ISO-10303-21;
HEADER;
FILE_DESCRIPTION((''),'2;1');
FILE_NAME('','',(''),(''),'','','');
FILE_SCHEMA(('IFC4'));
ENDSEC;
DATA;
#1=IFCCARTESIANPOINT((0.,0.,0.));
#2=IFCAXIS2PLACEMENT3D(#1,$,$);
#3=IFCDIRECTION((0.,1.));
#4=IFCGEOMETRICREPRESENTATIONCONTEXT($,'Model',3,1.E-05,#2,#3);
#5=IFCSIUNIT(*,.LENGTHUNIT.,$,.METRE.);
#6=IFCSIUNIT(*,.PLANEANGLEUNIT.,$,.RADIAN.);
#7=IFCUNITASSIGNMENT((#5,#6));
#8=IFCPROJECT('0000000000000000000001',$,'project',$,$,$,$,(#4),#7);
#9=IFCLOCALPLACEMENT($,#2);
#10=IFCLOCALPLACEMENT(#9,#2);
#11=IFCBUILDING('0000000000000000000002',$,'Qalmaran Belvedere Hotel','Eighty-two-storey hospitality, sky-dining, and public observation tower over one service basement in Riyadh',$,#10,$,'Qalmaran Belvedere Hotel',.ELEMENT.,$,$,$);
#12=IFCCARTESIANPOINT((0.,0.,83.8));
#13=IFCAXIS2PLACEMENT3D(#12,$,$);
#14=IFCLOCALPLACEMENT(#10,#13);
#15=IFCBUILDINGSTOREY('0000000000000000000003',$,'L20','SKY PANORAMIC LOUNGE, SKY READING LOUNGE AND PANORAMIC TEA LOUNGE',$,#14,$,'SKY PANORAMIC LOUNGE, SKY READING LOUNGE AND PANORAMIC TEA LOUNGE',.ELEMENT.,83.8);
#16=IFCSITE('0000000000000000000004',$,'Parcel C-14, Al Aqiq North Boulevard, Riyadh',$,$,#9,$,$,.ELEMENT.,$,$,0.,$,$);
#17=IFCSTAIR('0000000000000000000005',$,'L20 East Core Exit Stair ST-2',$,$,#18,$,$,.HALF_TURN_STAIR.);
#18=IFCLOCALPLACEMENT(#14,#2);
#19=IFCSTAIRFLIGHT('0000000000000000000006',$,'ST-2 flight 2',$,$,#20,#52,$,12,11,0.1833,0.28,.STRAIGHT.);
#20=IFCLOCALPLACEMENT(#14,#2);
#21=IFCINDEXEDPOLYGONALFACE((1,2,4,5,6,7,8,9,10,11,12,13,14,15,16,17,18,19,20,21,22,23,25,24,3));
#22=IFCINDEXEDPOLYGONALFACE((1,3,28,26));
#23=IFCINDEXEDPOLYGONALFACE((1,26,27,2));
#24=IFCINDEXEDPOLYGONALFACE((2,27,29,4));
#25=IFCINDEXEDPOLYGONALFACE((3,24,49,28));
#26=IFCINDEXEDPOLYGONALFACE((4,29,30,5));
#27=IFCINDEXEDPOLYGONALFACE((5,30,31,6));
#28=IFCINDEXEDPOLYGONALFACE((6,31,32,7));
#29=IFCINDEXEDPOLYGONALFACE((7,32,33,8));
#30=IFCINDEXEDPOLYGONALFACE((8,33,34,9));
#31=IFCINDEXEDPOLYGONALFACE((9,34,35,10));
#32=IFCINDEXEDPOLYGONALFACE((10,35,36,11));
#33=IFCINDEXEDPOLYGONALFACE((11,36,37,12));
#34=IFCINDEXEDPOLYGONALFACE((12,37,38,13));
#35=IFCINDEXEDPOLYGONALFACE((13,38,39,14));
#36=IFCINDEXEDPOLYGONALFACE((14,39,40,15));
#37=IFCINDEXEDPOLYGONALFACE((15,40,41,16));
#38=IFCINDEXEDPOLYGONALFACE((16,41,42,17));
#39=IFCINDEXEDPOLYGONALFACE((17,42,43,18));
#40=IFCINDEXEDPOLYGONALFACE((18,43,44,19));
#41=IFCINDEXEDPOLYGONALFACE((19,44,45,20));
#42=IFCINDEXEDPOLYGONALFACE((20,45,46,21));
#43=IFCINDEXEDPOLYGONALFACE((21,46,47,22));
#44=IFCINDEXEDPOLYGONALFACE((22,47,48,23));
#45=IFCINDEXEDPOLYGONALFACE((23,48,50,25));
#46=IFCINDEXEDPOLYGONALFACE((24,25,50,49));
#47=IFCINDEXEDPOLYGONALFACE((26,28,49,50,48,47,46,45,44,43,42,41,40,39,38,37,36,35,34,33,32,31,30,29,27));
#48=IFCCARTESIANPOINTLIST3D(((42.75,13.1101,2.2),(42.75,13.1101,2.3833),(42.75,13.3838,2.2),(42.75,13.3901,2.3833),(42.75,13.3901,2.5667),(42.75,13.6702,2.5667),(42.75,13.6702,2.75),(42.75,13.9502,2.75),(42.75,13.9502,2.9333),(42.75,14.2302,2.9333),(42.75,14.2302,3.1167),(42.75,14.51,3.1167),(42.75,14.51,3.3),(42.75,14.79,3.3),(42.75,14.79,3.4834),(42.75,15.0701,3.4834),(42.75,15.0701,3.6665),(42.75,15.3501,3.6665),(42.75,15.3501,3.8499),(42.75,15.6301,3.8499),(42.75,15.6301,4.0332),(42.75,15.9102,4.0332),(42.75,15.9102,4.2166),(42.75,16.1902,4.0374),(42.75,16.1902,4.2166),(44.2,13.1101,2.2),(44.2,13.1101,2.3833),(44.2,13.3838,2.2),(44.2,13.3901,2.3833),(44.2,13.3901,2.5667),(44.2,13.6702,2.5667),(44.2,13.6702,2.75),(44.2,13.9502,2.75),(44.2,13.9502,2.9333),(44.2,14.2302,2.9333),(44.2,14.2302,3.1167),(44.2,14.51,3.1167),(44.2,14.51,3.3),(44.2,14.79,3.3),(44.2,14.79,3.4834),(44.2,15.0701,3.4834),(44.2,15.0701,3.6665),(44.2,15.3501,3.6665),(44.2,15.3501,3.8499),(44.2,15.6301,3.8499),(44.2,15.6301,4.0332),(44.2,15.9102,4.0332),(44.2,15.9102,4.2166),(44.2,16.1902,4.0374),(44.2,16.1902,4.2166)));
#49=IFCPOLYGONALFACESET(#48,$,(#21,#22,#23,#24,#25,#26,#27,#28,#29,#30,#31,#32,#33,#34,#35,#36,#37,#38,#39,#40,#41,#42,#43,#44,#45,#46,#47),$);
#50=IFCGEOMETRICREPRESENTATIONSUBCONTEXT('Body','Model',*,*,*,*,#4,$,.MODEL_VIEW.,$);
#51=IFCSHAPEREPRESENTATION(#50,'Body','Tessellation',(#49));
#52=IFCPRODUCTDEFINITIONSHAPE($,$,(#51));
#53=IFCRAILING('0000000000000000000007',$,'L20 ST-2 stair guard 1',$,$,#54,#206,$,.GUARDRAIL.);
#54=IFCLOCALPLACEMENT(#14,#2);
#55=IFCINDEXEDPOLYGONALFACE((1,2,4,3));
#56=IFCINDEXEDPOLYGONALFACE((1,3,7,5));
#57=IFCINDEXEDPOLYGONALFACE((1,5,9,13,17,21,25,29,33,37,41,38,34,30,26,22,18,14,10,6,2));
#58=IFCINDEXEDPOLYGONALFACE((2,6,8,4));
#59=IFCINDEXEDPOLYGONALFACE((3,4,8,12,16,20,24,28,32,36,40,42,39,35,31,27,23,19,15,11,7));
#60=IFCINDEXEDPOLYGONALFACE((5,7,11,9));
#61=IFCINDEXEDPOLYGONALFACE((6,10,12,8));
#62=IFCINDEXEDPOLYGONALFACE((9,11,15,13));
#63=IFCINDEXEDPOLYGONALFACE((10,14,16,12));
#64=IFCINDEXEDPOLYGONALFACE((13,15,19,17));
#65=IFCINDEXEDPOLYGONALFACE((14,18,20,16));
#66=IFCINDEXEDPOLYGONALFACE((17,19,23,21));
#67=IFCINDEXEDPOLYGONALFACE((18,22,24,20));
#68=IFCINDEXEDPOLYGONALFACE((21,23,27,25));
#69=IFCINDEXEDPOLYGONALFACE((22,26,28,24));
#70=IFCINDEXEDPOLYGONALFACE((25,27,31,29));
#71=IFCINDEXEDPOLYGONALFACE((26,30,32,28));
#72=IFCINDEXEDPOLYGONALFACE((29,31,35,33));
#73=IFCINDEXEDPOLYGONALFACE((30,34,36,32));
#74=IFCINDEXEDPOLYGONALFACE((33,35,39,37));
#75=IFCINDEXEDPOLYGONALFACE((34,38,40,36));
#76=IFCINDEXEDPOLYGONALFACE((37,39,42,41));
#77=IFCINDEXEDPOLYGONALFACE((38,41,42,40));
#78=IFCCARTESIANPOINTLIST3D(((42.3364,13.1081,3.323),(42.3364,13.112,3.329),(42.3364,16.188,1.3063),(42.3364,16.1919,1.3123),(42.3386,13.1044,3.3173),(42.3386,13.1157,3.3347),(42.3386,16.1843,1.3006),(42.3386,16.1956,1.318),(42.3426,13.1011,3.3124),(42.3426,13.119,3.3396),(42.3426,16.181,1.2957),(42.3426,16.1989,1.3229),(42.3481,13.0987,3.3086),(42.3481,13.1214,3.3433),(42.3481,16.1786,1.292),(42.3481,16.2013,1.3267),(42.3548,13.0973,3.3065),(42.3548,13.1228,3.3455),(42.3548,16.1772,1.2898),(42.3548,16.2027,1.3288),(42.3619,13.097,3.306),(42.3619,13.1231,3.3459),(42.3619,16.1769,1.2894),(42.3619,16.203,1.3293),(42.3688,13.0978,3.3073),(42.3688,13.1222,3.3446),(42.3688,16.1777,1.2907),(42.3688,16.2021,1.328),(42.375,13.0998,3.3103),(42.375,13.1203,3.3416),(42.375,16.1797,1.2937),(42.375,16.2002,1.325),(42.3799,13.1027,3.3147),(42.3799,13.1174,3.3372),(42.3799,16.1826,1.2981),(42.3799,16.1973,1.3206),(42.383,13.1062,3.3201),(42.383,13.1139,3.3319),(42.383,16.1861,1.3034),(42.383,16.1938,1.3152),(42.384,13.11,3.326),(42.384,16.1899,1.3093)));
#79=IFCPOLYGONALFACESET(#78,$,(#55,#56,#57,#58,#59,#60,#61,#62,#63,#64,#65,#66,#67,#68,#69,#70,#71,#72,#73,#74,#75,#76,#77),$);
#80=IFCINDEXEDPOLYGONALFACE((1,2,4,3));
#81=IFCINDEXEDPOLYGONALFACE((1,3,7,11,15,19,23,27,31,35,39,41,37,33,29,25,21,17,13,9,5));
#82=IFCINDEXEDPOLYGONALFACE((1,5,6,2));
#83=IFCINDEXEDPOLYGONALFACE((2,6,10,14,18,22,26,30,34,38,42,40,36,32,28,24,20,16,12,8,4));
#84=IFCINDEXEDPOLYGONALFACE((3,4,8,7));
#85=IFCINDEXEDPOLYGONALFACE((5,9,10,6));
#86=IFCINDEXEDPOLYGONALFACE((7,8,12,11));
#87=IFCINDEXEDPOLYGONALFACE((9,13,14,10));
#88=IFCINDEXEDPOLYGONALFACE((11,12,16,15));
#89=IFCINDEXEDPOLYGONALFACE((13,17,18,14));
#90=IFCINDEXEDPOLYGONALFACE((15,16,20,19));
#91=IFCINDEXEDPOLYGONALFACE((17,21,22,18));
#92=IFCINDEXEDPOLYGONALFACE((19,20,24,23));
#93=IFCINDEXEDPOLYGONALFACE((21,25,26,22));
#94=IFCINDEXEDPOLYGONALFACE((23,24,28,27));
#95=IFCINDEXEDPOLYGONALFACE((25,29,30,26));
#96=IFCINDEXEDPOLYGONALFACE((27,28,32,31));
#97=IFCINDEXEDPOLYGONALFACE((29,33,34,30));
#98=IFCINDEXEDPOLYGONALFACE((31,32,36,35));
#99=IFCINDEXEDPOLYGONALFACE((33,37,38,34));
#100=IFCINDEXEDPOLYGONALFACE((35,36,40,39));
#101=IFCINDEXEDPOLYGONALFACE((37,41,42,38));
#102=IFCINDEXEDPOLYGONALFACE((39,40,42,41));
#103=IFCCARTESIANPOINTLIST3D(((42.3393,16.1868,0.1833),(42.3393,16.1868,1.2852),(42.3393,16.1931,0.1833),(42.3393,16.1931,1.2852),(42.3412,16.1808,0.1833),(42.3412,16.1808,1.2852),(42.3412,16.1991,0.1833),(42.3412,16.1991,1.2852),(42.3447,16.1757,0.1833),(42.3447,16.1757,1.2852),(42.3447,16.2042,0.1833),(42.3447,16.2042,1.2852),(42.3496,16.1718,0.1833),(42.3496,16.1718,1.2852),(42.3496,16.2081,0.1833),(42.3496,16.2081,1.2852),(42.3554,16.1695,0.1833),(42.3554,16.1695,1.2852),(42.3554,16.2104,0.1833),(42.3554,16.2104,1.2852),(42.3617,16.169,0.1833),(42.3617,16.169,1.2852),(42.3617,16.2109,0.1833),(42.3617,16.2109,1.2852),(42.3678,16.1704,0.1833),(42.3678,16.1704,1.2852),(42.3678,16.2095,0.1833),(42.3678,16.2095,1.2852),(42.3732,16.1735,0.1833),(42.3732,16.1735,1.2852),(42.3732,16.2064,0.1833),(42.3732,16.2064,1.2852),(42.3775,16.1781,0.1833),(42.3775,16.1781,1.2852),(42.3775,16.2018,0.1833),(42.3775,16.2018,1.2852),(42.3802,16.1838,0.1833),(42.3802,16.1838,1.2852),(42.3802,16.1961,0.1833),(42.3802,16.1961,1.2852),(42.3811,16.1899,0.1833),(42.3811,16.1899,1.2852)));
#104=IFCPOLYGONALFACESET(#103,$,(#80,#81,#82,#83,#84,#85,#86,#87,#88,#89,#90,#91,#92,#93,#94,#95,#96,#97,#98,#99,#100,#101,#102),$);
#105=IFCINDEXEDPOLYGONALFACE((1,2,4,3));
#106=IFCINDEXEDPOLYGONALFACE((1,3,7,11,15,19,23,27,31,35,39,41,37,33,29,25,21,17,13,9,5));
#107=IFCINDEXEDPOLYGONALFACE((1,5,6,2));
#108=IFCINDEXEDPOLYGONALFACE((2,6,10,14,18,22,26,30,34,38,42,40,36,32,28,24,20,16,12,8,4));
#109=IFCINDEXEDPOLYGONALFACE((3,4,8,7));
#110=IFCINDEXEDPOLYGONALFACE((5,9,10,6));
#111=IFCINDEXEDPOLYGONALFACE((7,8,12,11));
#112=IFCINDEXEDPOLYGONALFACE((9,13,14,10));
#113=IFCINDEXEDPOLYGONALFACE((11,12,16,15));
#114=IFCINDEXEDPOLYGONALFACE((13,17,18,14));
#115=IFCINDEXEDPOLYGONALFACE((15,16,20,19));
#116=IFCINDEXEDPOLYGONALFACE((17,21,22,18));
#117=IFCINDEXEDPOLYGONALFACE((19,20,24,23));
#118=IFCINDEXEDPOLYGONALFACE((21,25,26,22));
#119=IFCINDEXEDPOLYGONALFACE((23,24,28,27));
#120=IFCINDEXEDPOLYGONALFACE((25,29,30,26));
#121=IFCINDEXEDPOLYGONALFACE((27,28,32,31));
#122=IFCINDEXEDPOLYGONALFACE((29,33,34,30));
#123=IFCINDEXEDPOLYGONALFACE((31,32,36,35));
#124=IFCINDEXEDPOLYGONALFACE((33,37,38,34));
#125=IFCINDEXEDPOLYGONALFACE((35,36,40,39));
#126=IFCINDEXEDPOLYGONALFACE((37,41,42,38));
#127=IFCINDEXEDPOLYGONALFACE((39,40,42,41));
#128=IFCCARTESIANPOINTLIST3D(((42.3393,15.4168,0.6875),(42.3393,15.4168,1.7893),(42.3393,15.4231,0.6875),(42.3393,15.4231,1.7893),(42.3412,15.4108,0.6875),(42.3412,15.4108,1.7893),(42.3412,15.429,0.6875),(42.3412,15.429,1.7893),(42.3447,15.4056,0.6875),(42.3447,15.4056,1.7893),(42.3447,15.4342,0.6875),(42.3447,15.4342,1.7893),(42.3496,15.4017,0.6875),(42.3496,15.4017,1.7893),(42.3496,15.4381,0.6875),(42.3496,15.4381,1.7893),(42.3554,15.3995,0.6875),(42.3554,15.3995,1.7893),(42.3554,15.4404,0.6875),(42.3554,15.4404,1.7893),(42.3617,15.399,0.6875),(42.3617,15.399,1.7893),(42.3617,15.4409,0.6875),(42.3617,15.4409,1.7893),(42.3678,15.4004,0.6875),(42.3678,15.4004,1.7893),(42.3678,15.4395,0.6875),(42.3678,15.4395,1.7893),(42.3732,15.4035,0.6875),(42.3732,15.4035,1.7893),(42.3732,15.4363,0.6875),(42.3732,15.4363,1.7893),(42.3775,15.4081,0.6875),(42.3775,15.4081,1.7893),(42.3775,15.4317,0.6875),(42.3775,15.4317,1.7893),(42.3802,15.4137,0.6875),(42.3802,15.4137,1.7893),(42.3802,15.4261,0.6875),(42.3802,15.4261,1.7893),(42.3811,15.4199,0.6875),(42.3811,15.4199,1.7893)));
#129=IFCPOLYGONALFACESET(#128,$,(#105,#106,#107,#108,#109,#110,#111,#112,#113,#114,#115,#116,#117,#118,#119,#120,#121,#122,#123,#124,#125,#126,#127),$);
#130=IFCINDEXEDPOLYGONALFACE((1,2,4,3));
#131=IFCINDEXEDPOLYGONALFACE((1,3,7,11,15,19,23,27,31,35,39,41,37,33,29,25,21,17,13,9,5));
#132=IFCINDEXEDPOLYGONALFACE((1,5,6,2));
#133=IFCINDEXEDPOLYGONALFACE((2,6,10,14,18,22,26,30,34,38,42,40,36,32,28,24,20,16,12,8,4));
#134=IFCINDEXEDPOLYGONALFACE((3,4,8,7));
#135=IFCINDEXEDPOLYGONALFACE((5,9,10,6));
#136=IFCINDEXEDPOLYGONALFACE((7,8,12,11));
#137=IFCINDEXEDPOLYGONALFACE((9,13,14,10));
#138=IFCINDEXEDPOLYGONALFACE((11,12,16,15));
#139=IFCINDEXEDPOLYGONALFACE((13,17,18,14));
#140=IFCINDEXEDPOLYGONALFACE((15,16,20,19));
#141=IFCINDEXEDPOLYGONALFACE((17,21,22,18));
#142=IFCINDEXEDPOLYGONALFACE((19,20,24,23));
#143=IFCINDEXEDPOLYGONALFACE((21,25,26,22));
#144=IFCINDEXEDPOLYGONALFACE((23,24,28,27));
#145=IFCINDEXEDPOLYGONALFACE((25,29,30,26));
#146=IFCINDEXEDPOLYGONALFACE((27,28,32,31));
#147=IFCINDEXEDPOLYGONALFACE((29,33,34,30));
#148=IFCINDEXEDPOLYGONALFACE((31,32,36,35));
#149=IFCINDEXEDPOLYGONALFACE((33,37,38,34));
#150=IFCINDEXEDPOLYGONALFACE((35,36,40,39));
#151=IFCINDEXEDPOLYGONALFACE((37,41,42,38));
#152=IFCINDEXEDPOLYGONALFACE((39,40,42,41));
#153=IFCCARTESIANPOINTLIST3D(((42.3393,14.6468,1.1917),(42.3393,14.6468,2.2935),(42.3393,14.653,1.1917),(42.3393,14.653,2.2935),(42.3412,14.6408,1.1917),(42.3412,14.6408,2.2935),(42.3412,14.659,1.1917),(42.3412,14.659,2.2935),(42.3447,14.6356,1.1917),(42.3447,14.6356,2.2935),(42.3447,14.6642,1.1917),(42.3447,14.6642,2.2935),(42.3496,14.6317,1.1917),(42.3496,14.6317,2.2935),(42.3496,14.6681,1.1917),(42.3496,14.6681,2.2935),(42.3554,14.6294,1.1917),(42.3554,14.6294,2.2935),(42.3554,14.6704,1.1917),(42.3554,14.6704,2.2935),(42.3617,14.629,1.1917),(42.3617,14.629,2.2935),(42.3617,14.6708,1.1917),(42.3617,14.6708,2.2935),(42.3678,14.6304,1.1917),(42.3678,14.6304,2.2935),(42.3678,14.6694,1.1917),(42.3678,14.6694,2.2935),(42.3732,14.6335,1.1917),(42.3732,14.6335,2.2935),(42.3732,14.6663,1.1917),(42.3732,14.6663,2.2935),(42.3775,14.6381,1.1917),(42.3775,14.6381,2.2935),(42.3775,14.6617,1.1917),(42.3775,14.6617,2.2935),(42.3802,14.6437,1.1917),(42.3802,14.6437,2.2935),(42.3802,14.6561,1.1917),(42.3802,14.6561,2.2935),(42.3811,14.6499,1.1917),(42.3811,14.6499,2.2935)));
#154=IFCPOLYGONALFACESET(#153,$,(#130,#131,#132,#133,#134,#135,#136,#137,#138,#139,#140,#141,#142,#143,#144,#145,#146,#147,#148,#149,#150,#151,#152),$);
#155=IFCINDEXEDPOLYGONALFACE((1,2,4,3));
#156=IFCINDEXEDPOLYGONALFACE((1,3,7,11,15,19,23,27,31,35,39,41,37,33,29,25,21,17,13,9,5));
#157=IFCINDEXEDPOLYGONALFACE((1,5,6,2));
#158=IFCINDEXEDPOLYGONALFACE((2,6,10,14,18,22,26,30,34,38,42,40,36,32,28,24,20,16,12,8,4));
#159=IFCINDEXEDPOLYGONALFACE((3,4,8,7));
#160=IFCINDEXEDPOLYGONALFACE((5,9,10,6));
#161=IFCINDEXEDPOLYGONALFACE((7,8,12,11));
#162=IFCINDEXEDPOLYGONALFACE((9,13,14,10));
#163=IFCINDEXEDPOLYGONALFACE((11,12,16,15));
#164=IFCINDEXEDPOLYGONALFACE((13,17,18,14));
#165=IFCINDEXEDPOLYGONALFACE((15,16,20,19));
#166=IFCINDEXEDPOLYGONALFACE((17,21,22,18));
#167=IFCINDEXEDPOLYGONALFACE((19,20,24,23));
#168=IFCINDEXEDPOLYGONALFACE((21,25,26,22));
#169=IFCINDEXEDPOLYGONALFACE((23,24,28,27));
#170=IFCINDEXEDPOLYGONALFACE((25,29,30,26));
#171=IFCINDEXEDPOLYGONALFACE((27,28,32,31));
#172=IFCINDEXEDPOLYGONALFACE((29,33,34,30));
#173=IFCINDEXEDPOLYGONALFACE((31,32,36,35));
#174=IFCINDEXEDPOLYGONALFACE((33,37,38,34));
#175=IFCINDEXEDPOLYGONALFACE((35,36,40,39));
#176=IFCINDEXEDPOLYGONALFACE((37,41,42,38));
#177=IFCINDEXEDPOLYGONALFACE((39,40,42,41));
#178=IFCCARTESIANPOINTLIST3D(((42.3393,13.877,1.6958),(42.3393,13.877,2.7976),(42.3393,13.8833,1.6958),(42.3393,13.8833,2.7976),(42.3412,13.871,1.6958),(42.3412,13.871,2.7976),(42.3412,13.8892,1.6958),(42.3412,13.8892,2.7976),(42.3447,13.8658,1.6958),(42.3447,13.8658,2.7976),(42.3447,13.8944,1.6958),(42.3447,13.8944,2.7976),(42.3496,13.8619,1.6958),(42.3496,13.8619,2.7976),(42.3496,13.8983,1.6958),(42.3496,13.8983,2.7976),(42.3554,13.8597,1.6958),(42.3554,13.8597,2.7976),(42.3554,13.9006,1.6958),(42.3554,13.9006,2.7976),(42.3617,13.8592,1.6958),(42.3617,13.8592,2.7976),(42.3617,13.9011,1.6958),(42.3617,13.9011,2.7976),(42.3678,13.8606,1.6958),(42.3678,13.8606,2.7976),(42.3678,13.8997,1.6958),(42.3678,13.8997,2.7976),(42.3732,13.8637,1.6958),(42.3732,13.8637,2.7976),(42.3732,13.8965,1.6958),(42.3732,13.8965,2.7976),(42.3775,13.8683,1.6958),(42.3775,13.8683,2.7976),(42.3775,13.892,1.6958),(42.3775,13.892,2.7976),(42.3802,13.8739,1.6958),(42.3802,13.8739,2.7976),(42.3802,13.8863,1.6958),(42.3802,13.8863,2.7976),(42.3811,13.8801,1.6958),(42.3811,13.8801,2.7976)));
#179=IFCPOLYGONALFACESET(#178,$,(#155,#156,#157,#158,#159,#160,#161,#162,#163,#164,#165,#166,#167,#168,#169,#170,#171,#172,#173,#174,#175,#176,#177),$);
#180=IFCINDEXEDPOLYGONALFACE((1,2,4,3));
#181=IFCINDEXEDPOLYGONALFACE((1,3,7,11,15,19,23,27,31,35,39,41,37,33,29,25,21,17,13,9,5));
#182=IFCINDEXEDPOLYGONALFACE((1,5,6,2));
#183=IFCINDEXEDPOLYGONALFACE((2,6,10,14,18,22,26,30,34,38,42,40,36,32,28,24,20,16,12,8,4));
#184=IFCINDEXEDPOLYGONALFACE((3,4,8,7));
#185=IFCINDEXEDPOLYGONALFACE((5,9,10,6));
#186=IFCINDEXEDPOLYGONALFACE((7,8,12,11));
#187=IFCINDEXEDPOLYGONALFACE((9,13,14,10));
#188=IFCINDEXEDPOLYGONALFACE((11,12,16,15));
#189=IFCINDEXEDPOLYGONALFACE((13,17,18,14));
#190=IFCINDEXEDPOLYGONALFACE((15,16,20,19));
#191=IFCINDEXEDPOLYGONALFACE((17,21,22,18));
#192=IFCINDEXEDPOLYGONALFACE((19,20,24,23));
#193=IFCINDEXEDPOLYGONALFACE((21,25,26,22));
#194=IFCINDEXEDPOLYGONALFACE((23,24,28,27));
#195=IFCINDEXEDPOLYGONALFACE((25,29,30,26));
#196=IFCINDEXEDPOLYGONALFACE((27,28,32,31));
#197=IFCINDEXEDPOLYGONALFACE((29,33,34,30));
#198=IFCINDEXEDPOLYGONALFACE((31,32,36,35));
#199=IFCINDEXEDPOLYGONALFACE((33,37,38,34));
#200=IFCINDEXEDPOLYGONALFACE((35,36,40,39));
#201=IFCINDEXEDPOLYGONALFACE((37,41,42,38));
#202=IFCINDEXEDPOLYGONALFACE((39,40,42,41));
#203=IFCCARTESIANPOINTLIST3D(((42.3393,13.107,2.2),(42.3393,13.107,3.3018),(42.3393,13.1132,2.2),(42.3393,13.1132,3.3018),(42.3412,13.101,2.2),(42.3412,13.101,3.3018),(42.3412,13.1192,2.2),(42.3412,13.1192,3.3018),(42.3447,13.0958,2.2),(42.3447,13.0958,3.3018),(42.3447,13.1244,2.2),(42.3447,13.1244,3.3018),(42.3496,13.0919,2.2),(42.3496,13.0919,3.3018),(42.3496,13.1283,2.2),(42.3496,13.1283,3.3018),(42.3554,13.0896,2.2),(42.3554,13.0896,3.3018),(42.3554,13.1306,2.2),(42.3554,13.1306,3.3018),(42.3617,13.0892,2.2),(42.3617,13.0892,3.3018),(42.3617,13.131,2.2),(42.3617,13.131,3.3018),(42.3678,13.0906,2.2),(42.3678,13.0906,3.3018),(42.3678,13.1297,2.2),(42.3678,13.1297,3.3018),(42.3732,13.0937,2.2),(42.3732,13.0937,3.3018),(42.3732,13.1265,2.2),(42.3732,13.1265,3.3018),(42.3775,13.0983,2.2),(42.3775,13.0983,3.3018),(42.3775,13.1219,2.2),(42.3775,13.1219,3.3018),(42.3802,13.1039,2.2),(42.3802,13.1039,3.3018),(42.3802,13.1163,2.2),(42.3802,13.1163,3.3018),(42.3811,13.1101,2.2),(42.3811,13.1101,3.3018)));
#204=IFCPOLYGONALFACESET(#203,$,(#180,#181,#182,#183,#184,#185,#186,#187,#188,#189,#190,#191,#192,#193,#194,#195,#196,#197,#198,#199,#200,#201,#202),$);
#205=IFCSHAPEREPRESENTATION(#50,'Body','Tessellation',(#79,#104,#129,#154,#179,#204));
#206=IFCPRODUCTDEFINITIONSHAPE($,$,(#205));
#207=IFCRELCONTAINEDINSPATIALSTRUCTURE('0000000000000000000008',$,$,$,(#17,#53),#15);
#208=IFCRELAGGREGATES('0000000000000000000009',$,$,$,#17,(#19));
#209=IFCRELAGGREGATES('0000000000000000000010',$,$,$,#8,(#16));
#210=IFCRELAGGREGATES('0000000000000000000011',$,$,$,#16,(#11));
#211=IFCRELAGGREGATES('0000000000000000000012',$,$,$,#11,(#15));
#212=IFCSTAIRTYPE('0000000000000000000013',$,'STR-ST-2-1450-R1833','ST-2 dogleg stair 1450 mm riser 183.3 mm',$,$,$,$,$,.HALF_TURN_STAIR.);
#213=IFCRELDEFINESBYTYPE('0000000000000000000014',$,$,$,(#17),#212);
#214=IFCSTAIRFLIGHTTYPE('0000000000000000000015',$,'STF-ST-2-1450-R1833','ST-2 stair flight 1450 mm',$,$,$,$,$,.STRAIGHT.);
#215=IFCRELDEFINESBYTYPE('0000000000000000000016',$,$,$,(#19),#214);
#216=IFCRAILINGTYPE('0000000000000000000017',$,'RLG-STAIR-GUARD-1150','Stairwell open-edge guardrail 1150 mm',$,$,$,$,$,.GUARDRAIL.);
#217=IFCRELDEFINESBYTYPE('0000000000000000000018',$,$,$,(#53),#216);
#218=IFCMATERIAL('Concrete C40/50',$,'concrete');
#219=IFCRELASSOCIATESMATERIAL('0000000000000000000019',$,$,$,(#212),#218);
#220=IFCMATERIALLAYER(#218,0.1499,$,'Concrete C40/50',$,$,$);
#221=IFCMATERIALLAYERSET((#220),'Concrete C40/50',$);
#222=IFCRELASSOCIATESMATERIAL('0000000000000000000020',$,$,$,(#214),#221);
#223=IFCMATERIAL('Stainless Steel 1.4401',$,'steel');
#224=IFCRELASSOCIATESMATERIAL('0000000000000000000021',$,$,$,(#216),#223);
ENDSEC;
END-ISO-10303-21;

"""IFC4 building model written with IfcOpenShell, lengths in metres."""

from ifc_helpers import new_model, si_unit, direction, frame, origin, origin_2d, place, context, subcontext, project, spatial, polyline, circle, outline, extrude, material, layer, layer_set, type_object, element, aggregate, save


model = new_model("IFC4")

# Units and contexts
model_context = context("Model", 3, precision=1e-05, world=origin(), true_north=direction((0.0, 1.0)))
body_context = subcontext(model_context, "Body", "Model", "MODEL_VIEW")
ifc_project = project(units=[si_unit("LENGTHUNIT", "METRE"), si_unit("PLANEANGLEUNIT", "RADIAN")], contexts=[model_context])

# Site, building, storey
site_placement = place(None, origin())
site = spatial("IfcSite", under=ifc_project, at=site_placement, Name="Parcel C-14, Al Aqiq North Boulevard, Riyadh", CompositionType="ELEMENT", RefElevation=0.0)
building_placement = place(site_placement, origin())
building = spatial("IfcBuilding", under=site, at=building_placement, Name="Qalmaran Belvedere Hotel", Description="Eighty-two-storey hospitality, sky-dining, and public observation tower over one service basement in Riyadh", LongName="Qalmaran Belvedere Hotel", CompositionType="ELEMENT")
storey_placement = place(building_placement, frame((0.0, 0.0, 83.8)))
storey = spatial("IfcBuildingStorey", under=building, at=storey_placement, Name="L20", Description="SKY PANORAMIC LOUNGE, SKY READING LOUNGE AND PANORAMIC TEA LOUNGE", LongName="SKY PANORAMIC LOUNGE, SKY READING LOUNGE AND PANORAMIC TEA LOUNGE", CompositionType="ELEMENT", Elevation=83.8)

# Stair, stair flight
ifc_material_1 = material(Name="Concrete C40/50", Category="concrete")
stair_type = type_object("IfcStairType", Name="STR-ST-2-1450-R1833", Description="ST-2 dogleg stair 1450 mm riser 183.3 mm", PredefinedType="HALF_TURN_STAIR", material=ifc_material_1)
stair_placement = place(storey_placement, origin())
stair = element("IfcStair", 1, at=stair_placement, inside=storey, type_object=stair_type, Name="L20 East Core Exit Stair ST-2", PredefinedType="HALF_TURN_STAIR")
ifc_layer_1 = layer(ifc_material_1, 0.1499, Name="Concrete C40/50")
ifc_layer_set_1 = layer_set([ifc_layer_1], Name="Concrete C40/50")
stair_flight_type = type_object("IfcStairFlightType", Name="STF-ST-2-1450-R1833", Description="ST-2 stair flight 1450 mm", PredefinedType="STRAIGHT", material=ifc_layer_set_1)
stair_flight_placement = place(storey_placement, frame((43.4751, 13.1101, 2.2), z_axis=(0.0, 0.0, 1.0), x_axis=(0.0, 1.0, 0.0)))
stair_flight = element("IfcStairFlight", 2, at=stair_flight_placement, type_object=stair_flight_type, Name="ST-2 flight 2", NumberOfRisers=12, NumberOfTreads=11, PredefinedType="STRAIGHT", RiserHeight=0.1833, TreadLength=0.28, context=body_context, shape_type="SweptSolid", body=[
    extrude(outline(polyline([(0.0, 0.0), (0.0, 0.1833), (0.28, 0.1833), (0.28, 0.3667), (0.5601, 0.3667), (0.5601, 0.55), (0.8401, 0.55), (0.8401, 0.7334), (1.1201, 0.7334), (1.1201, 0.9167), (1.3999, 0.9167), (1.3999, 1.1001), (1.6799, 1.1001), (1.6799, 1.2834), (1.96, 1.2834), (1.96, 1.4666), (2.24, 1.4666), (2.24, 1.6499), (2.52, 1.6499), (2.52, 1.8333), (2.8, 1.8333), (2.8, 2.0166), (3.0801, 2.0166), (3.0801, 2.2), (3.0801, 1.8374), (0.2737, 0.0), (0.0, 0.0)])), frame((0.0, 0.7251, 0.0), z_axis=(0.0, -1.0, 0.0), x_axis=(1.0, 0.0, 0.0)), (0.0, 0.0, 1.0), 1.45),
])
aggregate(stair, [stair_flight])

# Railing
ifc_material_2 = material(Name="Stainless Steel 1.4401", Category="steel")
railing_type_1 = type_object("IfcRailingType", Name="RLG-STAIR-GUARD-1150", Description="Stairwell open-edge guardrail 1150 mm", PredefinedType="GUARDRAIL", material=ifc_material_2)
railing_1_placement = place(storey_placement, frame((42.3601, 16.1899, 0.1833)))
element("IfcRailing", 3, at=railing_1_placement, inside=storey, type_object=railing_type_1, Name="L20 ST-2 stair guard 1", PredefinedType="GUARDRAIL", context=body_context, shape_type="SweptSolid", body=[
    extrude(circle(Radius=0.0239, at=origin_2d()), frame((0.0, 0.0, 1.126), z_axis=(0.0, -0.836613, 0.547794), x_axis=(1.0, 0.0, 0.0)), (0.0, 0.0, 1.0), 3.6814),
    extrude(circle(Radius=0.021, at=origin_2d()), origin(), (0.0, 0.0, 1.0), 1.1018),
    extrude(circle(Radius=0.021, at=origin_2d()), frame((0.0, -0.77, 0.5042)), (0.0, 0.0, 1.0), 1.1018),
    extrude(circle(Radius=0.021, at=origin_2d()), frame((0.0, -1.54, 1.0083)), (0.0, 0.0, 1.0), 1.1018),
    extrude(circle(Radius=0.021, at=origin_2d()), frame((0.0, -2.3098, 1.5125)), (0.0, 0.0, 1.0), 1.1018),
    extrude(circle(Radius=0.021, at=origin_2d()), frame((0.0, -3.0798, 2.0166)), (0.0, 0.0, 1.0), 1.1018),
])

save(model, "model.ifc")
